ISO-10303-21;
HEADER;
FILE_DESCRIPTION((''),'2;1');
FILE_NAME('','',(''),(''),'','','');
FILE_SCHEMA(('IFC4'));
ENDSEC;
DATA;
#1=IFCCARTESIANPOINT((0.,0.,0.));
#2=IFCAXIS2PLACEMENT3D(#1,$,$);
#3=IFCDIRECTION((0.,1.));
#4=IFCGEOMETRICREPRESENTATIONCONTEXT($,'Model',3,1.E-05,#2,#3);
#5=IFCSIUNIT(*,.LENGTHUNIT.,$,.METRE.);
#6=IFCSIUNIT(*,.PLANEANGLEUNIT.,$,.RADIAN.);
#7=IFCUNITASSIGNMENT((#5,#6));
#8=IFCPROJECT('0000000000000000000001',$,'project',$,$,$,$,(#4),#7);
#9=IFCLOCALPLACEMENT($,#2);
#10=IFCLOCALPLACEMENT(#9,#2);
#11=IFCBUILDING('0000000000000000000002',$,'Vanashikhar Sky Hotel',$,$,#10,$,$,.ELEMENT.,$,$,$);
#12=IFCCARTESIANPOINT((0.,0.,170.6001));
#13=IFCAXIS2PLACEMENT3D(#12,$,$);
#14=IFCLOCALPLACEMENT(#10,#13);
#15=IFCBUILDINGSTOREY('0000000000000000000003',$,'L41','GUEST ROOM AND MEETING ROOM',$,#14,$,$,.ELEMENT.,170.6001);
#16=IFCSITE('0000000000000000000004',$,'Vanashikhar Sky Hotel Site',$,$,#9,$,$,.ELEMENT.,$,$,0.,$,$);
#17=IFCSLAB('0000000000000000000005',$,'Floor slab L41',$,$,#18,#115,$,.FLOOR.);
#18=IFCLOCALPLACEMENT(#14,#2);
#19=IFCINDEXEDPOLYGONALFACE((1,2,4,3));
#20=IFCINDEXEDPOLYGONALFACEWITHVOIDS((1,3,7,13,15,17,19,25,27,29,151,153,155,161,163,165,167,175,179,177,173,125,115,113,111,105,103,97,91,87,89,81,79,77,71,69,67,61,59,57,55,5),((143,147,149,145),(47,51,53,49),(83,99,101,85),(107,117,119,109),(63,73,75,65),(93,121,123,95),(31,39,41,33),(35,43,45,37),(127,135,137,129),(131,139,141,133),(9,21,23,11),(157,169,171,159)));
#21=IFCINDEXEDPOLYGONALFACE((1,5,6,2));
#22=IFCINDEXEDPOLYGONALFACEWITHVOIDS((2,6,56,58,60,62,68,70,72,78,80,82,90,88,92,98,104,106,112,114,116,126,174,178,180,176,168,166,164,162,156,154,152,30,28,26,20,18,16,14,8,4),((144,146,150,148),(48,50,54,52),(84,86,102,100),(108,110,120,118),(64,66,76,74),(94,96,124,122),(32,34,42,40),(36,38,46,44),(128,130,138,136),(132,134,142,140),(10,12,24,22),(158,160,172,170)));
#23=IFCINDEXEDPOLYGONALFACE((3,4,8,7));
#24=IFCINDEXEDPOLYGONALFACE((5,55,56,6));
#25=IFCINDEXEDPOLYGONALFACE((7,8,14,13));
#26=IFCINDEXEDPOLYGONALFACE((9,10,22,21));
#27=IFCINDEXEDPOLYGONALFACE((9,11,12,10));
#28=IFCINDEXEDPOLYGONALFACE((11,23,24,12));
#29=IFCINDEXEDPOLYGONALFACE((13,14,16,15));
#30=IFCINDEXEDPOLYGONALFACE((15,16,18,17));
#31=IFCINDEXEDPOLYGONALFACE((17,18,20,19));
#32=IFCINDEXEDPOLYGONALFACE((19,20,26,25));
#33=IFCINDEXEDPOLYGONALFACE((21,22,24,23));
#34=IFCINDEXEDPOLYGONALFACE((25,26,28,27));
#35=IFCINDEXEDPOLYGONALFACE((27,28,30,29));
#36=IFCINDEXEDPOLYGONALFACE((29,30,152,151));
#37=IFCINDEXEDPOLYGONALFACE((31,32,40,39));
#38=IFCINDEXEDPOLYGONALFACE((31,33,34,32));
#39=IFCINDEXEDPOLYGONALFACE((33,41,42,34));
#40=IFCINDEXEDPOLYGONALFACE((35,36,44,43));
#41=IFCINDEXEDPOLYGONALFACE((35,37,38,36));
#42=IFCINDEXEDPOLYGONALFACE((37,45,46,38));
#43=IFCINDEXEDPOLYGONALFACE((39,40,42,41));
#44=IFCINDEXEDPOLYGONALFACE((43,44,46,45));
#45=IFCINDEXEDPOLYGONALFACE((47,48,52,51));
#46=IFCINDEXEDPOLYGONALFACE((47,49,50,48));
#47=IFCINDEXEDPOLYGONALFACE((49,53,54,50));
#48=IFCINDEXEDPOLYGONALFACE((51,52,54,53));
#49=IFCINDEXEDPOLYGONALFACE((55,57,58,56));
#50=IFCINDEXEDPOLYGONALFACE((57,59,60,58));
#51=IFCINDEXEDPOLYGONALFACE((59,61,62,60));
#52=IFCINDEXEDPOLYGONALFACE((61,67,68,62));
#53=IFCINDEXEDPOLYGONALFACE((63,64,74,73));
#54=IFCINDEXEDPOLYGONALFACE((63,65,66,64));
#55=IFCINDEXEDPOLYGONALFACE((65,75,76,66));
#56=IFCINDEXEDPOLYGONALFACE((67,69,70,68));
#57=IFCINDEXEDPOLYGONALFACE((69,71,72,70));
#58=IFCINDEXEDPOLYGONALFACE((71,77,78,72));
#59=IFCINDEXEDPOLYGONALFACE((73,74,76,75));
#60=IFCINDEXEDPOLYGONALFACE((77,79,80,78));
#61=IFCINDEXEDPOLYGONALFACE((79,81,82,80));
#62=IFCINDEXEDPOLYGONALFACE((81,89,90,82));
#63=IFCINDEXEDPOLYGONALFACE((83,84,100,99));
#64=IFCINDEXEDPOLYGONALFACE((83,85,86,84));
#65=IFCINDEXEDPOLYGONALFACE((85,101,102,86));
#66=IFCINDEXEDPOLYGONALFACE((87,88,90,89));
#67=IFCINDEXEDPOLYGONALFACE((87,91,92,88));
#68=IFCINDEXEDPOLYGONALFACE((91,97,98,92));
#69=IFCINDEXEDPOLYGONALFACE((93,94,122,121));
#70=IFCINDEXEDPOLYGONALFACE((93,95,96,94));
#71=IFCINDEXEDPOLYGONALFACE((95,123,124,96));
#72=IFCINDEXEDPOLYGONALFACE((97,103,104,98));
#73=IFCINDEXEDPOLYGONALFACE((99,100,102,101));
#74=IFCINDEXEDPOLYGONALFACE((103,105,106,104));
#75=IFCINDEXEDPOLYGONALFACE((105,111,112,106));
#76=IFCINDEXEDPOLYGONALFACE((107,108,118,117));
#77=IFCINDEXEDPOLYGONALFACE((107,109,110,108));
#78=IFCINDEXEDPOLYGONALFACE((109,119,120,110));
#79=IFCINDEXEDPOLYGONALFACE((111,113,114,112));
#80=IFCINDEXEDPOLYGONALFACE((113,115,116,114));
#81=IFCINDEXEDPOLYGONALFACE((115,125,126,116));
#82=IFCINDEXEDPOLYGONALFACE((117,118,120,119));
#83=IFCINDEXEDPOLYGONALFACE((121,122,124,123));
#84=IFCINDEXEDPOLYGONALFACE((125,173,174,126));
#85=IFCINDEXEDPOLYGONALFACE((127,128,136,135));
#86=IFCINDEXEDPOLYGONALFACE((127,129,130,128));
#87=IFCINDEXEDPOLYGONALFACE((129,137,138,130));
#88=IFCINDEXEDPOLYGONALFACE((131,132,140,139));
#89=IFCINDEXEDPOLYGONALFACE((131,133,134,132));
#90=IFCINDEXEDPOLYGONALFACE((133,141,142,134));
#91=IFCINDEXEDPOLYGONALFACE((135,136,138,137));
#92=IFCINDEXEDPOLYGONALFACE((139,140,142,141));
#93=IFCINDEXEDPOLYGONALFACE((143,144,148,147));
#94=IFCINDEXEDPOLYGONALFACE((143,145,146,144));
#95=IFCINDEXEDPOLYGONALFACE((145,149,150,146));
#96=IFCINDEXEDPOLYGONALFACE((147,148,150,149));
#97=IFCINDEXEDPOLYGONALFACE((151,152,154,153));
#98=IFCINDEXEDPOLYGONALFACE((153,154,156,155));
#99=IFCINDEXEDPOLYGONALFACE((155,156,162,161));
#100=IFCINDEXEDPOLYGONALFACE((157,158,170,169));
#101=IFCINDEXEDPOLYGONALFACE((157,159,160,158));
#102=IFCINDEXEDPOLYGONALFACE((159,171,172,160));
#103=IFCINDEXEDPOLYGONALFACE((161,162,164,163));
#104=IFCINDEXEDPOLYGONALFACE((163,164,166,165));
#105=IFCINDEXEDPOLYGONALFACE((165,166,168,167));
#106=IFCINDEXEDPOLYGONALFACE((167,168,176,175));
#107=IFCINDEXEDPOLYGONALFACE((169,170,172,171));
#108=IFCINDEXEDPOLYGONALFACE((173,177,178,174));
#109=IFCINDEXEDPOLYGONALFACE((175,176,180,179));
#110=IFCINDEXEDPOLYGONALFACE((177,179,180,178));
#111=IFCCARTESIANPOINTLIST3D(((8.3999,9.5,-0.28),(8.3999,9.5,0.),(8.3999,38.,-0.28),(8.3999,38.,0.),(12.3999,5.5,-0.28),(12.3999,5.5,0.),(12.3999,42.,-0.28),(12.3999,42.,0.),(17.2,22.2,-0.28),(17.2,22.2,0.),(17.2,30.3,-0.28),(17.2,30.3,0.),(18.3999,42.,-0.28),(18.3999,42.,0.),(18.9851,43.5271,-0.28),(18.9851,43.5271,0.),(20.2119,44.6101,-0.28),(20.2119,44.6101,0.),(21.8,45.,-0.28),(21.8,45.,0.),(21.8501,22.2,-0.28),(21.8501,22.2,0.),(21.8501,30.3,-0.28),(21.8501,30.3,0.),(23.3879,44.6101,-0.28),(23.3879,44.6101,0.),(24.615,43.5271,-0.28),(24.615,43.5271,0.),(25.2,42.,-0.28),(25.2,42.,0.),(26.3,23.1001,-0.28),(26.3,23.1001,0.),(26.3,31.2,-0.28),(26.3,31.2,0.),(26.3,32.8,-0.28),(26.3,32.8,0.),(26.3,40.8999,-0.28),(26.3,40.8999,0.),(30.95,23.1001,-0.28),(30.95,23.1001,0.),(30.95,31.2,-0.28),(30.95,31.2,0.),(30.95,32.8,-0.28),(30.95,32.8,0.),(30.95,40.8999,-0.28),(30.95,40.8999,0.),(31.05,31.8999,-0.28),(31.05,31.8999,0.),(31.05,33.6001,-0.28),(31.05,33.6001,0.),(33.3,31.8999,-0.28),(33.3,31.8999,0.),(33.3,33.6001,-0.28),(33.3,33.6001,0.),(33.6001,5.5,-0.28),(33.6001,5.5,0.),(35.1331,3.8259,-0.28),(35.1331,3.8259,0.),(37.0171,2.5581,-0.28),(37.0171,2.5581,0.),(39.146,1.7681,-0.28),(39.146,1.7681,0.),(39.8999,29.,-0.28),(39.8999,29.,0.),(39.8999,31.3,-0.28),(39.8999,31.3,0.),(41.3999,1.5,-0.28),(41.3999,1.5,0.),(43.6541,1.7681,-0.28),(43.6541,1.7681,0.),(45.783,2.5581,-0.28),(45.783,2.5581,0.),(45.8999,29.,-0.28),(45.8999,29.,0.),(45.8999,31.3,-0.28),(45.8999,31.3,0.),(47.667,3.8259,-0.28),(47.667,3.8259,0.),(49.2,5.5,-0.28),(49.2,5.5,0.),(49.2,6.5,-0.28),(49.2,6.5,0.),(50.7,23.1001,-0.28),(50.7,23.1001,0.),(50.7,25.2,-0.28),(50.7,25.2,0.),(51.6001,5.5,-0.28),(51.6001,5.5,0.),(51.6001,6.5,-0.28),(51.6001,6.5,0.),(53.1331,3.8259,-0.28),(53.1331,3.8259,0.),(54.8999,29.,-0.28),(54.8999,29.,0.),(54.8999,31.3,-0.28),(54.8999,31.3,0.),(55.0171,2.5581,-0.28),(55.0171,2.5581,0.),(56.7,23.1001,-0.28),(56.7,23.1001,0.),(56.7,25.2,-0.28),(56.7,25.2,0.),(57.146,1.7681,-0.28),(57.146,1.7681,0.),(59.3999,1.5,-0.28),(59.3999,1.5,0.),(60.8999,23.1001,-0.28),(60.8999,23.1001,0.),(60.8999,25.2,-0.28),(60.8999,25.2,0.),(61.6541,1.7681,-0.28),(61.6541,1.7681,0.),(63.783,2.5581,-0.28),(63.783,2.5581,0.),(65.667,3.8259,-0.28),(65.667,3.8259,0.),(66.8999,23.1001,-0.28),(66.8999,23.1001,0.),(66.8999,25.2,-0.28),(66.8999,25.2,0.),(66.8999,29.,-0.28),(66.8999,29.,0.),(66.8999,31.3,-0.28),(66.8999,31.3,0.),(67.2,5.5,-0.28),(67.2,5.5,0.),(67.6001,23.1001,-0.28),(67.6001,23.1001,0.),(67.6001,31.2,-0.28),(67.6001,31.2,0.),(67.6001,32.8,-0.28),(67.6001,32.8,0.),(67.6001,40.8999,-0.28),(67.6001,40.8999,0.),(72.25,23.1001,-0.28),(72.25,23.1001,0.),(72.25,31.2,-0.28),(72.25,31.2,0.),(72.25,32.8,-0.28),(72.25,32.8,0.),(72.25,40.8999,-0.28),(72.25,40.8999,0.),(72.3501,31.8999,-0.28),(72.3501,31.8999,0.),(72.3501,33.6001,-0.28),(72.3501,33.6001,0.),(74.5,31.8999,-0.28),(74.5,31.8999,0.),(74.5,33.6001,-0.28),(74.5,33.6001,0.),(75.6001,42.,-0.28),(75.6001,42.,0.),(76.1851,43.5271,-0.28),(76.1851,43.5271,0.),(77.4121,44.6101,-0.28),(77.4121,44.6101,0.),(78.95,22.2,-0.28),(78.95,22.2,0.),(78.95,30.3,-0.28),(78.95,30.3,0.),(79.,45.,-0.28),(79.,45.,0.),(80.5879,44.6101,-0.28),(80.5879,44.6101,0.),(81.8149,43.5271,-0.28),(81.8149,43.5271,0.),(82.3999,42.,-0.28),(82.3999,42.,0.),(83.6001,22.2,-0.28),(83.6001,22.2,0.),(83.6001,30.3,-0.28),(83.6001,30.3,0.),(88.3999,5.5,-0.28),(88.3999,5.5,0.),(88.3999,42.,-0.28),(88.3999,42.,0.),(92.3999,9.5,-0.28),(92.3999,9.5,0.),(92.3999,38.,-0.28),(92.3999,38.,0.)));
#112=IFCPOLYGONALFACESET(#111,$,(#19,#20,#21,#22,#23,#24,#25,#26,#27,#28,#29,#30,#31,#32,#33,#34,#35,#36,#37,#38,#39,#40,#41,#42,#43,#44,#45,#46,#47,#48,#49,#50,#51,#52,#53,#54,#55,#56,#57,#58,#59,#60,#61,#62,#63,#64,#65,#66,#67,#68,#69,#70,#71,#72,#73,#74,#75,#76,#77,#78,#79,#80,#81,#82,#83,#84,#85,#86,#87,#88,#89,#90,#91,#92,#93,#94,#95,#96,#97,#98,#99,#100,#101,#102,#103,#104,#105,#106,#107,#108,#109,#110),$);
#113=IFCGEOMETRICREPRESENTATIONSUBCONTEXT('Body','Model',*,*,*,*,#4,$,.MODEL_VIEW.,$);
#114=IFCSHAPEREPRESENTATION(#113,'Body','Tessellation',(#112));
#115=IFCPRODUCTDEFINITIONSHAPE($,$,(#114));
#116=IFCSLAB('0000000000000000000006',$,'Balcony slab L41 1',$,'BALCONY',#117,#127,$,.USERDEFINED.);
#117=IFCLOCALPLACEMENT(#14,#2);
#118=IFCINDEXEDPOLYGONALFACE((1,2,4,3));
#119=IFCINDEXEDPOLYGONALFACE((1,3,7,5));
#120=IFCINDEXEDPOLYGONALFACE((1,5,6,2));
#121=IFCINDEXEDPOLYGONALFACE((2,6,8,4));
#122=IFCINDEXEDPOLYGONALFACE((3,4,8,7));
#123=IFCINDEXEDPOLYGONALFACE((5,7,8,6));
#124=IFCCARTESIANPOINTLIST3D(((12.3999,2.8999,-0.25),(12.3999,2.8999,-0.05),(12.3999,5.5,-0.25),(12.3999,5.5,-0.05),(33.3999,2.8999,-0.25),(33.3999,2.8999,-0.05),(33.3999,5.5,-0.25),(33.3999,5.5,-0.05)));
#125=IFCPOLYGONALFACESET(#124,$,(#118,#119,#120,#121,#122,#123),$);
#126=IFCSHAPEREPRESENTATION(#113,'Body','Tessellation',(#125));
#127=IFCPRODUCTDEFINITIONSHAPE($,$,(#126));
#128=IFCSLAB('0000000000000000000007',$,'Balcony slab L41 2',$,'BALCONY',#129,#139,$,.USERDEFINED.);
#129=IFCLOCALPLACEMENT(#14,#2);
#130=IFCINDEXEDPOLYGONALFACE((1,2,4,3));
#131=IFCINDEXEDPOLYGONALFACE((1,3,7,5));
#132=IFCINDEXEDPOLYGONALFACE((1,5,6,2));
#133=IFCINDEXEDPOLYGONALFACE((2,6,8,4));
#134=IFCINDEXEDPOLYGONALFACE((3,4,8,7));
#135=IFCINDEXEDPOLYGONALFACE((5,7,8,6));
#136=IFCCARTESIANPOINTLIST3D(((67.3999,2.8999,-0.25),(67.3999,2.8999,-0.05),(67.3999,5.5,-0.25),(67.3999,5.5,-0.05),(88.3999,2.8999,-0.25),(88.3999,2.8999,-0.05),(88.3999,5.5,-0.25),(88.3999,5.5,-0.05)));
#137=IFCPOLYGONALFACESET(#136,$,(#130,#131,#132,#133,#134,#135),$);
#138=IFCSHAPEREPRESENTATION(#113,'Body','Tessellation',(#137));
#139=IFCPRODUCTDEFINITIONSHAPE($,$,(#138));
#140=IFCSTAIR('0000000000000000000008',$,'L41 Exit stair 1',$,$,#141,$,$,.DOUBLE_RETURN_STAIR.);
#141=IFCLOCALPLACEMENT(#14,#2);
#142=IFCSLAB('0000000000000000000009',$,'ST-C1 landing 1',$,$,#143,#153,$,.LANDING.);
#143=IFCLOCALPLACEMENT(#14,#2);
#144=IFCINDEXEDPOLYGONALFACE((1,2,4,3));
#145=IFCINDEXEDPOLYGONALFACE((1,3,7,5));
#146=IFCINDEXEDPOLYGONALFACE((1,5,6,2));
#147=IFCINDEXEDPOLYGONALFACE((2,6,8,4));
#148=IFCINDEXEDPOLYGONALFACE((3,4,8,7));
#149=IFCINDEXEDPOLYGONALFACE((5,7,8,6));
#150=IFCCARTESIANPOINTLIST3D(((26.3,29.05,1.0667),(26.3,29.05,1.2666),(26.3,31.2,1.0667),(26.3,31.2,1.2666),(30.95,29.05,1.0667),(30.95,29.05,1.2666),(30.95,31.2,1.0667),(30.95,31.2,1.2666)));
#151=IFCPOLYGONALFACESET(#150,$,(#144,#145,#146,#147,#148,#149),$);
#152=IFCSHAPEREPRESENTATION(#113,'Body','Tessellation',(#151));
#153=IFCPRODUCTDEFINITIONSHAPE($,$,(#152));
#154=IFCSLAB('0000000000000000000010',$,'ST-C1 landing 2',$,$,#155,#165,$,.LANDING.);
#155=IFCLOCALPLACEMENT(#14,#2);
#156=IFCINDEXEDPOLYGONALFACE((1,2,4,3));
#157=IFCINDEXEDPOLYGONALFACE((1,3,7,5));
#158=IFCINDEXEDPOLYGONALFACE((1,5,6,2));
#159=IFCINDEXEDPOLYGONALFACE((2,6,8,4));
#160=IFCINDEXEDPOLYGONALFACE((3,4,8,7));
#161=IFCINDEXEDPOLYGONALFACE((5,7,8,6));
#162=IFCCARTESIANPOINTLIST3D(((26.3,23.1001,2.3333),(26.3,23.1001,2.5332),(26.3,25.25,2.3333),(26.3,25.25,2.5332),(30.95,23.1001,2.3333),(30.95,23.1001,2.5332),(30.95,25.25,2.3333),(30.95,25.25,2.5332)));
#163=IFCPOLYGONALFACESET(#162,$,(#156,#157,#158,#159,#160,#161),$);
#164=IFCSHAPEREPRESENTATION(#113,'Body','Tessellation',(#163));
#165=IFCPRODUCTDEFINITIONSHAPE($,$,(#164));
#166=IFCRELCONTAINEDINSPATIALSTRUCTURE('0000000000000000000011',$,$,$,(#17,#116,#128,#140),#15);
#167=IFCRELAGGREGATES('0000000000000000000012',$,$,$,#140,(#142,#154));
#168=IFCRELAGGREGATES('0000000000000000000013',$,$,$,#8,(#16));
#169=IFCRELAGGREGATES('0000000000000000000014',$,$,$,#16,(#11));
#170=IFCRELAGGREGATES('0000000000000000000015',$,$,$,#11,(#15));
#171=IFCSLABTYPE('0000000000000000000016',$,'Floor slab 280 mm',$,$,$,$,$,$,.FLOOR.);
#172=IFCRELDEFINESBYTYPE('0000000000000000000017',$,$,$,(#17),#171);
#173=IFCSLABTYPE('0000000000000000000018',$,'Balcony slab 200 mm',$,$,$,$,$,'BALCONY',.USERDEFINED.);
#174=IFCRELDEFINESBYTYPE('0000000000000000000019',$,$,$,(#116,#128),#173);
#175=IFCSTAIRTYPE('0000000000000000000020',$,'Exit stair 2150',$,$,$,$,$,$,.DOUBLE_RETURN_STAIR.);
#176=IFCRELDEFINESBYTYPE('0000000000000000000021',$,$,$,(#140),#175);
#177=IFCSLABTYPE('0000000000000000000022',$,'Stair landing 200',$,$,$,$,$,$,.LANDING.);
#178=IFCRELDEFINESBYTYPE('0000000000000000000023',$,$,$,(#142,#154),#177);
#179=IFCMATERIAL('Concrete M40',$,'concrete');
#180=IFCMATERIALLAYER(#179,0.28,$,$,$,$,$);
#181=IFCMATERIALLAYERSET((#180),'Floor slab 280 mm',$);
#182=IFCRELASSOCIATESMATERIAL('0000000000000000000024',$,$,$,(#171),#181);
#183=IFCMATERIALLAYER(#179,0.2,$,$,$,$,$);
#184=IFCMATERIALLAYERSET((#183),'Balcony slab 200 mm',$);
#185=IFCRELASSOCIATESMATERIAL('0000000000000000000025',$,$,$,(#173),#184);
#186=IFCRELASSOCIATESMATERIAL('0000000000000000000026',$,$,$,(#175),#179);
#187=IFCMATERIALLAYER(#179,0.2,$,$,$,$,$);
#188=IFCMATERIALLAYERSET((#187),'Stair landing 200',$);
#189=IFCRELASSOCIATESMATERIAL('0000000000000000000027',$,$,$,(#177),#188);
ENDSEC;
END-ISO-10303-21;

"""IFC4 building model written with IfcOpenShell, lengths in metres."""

from ifc_helpers import new_model, si_unit, direction, frame, origin, place, context, subcontext, project, spatial, polyline, outline, extrude, source, transform, mapped, material, layer, layer_set, type_object, element, aggregate, save


model = new_model("IFC4")

# Units and contexts
model_context = context("Model", 3, precision=1e-05, world=origin(), true_north=direction((0.0, 1.0)))
body_context = subcontext(model_context, "Body", "Model", "MODEL_VIEW")
ifc_project = project(units=[si_unit("LENGTHUNIT", "METRE"), si_unit("PLANEANGLEUNIT", "RADIAN")], contexts=[model_context])

# Site, building, storey
site_placement = place(None, origin())
site = spatial("IfcSite", under=ifc_project, at=site_placement, Name="Vanashikhar Sky Hotel Site", CompositionType="ELEMENT", RefElevation=0.0)
building_placement = place(site_placement, origin())
building = spatial("IfcBuilding", under=site, at=building_placement, Name="Vanashikhar Sky Hotel", CompositionType="ELEMENT")
storey_placement = place(building_placement, frame((0.0, 0.0, 170.6001)))
storey = spatial("IfcBuildingStorey", under=building, at=storey_placement, Name="L41", Description="GUEST ROOM AND MEETING ROOM", CompositionType="ELEMENT", Elevation=170.6001)

# Slabs
ifc_material = material(Name="Concrete M40", Category="concrete")
ifc_layer_1 = layer(ifc_material, 0.28)
ifc_layer_set_1 = layer_set([ifc_layer_1], Name="Floor slab 280 mm")
slab_type_1 = type_object("IfcSlabType", Name="Floor slab 280 mm", PredefinedType="FLOOR", material=ifc_layer_set_1)
shared_shape_1 = source(origin(), body_context, "Body", "SweptSolid", [
    extrude(outline(polyline([(49.2, 5.5), (49.2, 6.5), (51.6001, 6.5), (51.6001, 5.5), (53.1331, 3.8259), (55.0171, 2.5581), (57.146, 1.7681), (59.3999, 1.5), (61.6541, 1.7681), (63.783, 2.5581), (65.667, 3.8259), (67.2, 5.5), (88.3999, 5.5), (92.3999, 9.5), (92.3999, 38.0), (88.3999, 42.0), (82.3999, 42.0), (81.8149, 43.5271), (80.5879, 44.6101), (79.0, 45.0), (77.4121, 44.6101), (76.1851, 43.5271), (75.6001, 42.0), (25.2, 42.0), (24.615, 43.5271), (23.3879, 44.6101), (21.8, 45.0), (20.2119, 44.6101), (18.9851, 43.5271), (18.3999, 42.0), (12.3999, 42.0), (8.3999, 38.0), (8.3999, 9.5), (12.3999, 5.5), (33.6001, 5.5), (35.1331, 3.8259), (37.0171, 2.5581), (39.146, 1.7681), (41.3999, 1.5), (43.6541, 1.7681), (45.783, 2.5581), (47.667, 3.8259), (49.2, 5.5)]), holes=[polyline([(33.3, 33.6001), (31.05, 33.6001), (31.05, 31.8999), (33.3, 31.8999), (33.3, 33.6001)]), polyline([(39.8999, 31.3), (39.8999, 29.0), (45.8999, 29.0), (45.8999, 31.3), (39.8999, 31.3)]), polyline([(50.7, 25.2), (50.7, 23.1001), (56.7, 23.1001), (56.7, 25.2), (50.7, 25.2)]), polyline([(66.8999, 29.0), (66.8999, 31.3), (54.8999, 31.3), (54.8999, 29.0), (66.8999, 29.0)]), polyline([(60.8999, 25.2), (60.8999, 23.1001), (66.8999, 23.1001), (66.8999, 25.2), (60.8999, 25.2)]), polyline([(74.5, 33.6001), (72.3501, 33.6001), (72.3501, 31.8999), (74.5, 31.8999), (74.5, 33.6001)]), polyline([(30.95, 23.1001), (30.95, 31.2), (26.3, 31.2), (26.3, 23.1001), (30.95, 23.1001)]), polyline([(72.25, 23.1001), (72.25, 31.2), (67.6001, 31.2), (67.6001, 23.1001), (72.25, 23.1001)]), polyline([(30.95, 32.8), (30.95, 40.8999), (26.3, 40.8999), (26.3, 32.8), (30.95, 32.8)]), polyline([(72.25, 32.8), (72.25, 40.8999), (67.6001, 40.8999), (67.6001, 32.8), (72.25, 32.8)]), polyline([(83.6001, 22.2), (83.6001, 30.3), (78.95, 30.3), (78.95, 22.2), (83.6001, 22.2)]), polyline([(21.8501, 22.2), (21.8501, 30.3), (17.2, 30.3), (17.2, 22.2), (21.8501, 22.2)])]), origin(), (0.0, 0.0, 1.0), 0.28),
])
slab_1_placement = place(storey_placement, frame((0.0, 0.0, -0.28)))
element("IfcSlab", 1, at=slab_1_placement, inside=storey, type_object=slab_type_1, Name="Floor slab L41", PredefinedType="FLOOR", context=body_context, shape_type="MappedRepresentation", body=[
    mapped(shared_shape_1, transform((0.0, 0.0, 0.0), scale=1.0)),
])
ifc_layer_2 = layer(ifc_material, 0.2)
ifc_layer_set_2 = layer_set([ifc_layer_2], Name="Balcony slab 200 mm")
slab_type_2 = type_object("IfcSlabType", Name="Balcony slab 200 mm", ElementType="BALCONY", PredefinedType="USERDEFINED", material=ifc_layer_set_2)
shared_shape_2 = source(origin(), body_context, "Body", "SweptSolid", [
    extrude(outline(polyline([(12.3999, 2.8999), (33.3999, 2.8999), (33.3999, 5.5), (12.3999, 5.5), (12.3999, 2.8999)])), origin(), (0.0, 0.0, 1.0), 0.2),
])
slab_2_placement = place(storey_placement, frame((0.0, 0.0, -0.25)))
element("IfcSlab", 2, at=slab_2_placement, inside=storey, type_object=slab_type_2, Name="Balcony slab L41 1", ObjectType="BALCONY", PredefinedType="USERDEFINED", context=body_context, shape_type="MappedRepresentation", body=[
    mapped(shared_shape_2, transform((0.0, 0.0, 0.0), scale=1.0)),
])
shared_shape_3 = source(origin(), body_context, "Body", "SweptSolid", [
    extrude(outline(polyline([(67.3999, 2.8999), (88.3999, 2.8999), (88.3999, 5.5), (67.3999, 5.5), (67.3999, 2.8999)])), origin(), (0.0, 0.0, 1.0), 0.2),
])
slab_3_placement = place(storey_placement, frame((0.0, 0.0, -0.25)))
element("IfcSlab", 3, at=slab_3_placement, inside=storey, type_object=slab_type_2, Name="Balcony slab L41 2", ObjectType="BALCONY", PredefinedType="USERDEFINED", context=body_context, shape_type="MappedRepresentation", body=[
    mapped(shared_shape_3, transform((0.0, 0.0, 0.0), scale=1.0)),
])

# Stair, slabs
stair_type = type_object("IfcStairType", Name="Exit stair 2150", PredefinedType="DOUBLE_RETURN_STAIR", material=ifc_material)
stair_1_placement = place(storey_placement, origin())
stair_1 = element("IfcStair", 4, at=stair_1_placement, inside=storey, type_object=stair_type, Name="L41 Exit stair 1", PredefinedType="DOUBLE_RETURN_STAIR")
ifc_layer_3 = layer(ifc_material, 0.2)
ifc_layer_set_3 = layer_set([ifc_layer_3], Name="Stair landing 200")
slab_type_3 = type_object("IfcSlabType", Name="Stair landing 200", PredefinedType="LANDING", material=ifc_layer_set_3)
shared_shape_4 = source(origin(), body_context, "Body", "SweptSolid", [
    extrude(outline(polyline([(30.95, 29.05), (30.95, 31.2), (26.3, 31.2), (26.3, 29.05), (30.95, 29.05)])), origin(), (0.0, 0.0, 1.0), 0.2),
])
slab_4_placement = place(storey_placement, frame((0.0, 0.0, 1.0667)))
slab_4 = element("IfcSlab", 5, at=slab_4_placement, type_object=slab_type_3, Name="ST-C1 landing 1", PredefinedType="LANDING", context=body_context, shape_type="MappedRepresentation", body=[
    mapped(shared_shape_4, transform((0.0, 0.0, 0.0), scale=1.0)),
])
shared_shape_5 = source(origin(), body_context, "Body", "SweptSolid", [
    extrude(outline(polyline([(30.95, 23.1001), (30.95, 25.25), (26.3, 25.25), (26.3, 23.1001), (30.95, 23.1001)])), origin(), (0.0, 0.0, 1.0), 0.2),
])
slab_5_placement = place(storey_placement, frame((0.0, 0.0, 2.3333)))
slab_5 = element("IfcSlab", 6, at=slab_5_placement, type_object=slab_type_3, Name="ST-C1 landing 2", PredefinedType="LANDING", context=body_context, shape_type="MappedRepresentation", body=[
    mapped(shared_shape_5, transform((0.0, 0.0, 0.0), scale=1.0)),
])
aggregate(stair_1, [slab_4, slab_5])

save(model, "model.ifc")
